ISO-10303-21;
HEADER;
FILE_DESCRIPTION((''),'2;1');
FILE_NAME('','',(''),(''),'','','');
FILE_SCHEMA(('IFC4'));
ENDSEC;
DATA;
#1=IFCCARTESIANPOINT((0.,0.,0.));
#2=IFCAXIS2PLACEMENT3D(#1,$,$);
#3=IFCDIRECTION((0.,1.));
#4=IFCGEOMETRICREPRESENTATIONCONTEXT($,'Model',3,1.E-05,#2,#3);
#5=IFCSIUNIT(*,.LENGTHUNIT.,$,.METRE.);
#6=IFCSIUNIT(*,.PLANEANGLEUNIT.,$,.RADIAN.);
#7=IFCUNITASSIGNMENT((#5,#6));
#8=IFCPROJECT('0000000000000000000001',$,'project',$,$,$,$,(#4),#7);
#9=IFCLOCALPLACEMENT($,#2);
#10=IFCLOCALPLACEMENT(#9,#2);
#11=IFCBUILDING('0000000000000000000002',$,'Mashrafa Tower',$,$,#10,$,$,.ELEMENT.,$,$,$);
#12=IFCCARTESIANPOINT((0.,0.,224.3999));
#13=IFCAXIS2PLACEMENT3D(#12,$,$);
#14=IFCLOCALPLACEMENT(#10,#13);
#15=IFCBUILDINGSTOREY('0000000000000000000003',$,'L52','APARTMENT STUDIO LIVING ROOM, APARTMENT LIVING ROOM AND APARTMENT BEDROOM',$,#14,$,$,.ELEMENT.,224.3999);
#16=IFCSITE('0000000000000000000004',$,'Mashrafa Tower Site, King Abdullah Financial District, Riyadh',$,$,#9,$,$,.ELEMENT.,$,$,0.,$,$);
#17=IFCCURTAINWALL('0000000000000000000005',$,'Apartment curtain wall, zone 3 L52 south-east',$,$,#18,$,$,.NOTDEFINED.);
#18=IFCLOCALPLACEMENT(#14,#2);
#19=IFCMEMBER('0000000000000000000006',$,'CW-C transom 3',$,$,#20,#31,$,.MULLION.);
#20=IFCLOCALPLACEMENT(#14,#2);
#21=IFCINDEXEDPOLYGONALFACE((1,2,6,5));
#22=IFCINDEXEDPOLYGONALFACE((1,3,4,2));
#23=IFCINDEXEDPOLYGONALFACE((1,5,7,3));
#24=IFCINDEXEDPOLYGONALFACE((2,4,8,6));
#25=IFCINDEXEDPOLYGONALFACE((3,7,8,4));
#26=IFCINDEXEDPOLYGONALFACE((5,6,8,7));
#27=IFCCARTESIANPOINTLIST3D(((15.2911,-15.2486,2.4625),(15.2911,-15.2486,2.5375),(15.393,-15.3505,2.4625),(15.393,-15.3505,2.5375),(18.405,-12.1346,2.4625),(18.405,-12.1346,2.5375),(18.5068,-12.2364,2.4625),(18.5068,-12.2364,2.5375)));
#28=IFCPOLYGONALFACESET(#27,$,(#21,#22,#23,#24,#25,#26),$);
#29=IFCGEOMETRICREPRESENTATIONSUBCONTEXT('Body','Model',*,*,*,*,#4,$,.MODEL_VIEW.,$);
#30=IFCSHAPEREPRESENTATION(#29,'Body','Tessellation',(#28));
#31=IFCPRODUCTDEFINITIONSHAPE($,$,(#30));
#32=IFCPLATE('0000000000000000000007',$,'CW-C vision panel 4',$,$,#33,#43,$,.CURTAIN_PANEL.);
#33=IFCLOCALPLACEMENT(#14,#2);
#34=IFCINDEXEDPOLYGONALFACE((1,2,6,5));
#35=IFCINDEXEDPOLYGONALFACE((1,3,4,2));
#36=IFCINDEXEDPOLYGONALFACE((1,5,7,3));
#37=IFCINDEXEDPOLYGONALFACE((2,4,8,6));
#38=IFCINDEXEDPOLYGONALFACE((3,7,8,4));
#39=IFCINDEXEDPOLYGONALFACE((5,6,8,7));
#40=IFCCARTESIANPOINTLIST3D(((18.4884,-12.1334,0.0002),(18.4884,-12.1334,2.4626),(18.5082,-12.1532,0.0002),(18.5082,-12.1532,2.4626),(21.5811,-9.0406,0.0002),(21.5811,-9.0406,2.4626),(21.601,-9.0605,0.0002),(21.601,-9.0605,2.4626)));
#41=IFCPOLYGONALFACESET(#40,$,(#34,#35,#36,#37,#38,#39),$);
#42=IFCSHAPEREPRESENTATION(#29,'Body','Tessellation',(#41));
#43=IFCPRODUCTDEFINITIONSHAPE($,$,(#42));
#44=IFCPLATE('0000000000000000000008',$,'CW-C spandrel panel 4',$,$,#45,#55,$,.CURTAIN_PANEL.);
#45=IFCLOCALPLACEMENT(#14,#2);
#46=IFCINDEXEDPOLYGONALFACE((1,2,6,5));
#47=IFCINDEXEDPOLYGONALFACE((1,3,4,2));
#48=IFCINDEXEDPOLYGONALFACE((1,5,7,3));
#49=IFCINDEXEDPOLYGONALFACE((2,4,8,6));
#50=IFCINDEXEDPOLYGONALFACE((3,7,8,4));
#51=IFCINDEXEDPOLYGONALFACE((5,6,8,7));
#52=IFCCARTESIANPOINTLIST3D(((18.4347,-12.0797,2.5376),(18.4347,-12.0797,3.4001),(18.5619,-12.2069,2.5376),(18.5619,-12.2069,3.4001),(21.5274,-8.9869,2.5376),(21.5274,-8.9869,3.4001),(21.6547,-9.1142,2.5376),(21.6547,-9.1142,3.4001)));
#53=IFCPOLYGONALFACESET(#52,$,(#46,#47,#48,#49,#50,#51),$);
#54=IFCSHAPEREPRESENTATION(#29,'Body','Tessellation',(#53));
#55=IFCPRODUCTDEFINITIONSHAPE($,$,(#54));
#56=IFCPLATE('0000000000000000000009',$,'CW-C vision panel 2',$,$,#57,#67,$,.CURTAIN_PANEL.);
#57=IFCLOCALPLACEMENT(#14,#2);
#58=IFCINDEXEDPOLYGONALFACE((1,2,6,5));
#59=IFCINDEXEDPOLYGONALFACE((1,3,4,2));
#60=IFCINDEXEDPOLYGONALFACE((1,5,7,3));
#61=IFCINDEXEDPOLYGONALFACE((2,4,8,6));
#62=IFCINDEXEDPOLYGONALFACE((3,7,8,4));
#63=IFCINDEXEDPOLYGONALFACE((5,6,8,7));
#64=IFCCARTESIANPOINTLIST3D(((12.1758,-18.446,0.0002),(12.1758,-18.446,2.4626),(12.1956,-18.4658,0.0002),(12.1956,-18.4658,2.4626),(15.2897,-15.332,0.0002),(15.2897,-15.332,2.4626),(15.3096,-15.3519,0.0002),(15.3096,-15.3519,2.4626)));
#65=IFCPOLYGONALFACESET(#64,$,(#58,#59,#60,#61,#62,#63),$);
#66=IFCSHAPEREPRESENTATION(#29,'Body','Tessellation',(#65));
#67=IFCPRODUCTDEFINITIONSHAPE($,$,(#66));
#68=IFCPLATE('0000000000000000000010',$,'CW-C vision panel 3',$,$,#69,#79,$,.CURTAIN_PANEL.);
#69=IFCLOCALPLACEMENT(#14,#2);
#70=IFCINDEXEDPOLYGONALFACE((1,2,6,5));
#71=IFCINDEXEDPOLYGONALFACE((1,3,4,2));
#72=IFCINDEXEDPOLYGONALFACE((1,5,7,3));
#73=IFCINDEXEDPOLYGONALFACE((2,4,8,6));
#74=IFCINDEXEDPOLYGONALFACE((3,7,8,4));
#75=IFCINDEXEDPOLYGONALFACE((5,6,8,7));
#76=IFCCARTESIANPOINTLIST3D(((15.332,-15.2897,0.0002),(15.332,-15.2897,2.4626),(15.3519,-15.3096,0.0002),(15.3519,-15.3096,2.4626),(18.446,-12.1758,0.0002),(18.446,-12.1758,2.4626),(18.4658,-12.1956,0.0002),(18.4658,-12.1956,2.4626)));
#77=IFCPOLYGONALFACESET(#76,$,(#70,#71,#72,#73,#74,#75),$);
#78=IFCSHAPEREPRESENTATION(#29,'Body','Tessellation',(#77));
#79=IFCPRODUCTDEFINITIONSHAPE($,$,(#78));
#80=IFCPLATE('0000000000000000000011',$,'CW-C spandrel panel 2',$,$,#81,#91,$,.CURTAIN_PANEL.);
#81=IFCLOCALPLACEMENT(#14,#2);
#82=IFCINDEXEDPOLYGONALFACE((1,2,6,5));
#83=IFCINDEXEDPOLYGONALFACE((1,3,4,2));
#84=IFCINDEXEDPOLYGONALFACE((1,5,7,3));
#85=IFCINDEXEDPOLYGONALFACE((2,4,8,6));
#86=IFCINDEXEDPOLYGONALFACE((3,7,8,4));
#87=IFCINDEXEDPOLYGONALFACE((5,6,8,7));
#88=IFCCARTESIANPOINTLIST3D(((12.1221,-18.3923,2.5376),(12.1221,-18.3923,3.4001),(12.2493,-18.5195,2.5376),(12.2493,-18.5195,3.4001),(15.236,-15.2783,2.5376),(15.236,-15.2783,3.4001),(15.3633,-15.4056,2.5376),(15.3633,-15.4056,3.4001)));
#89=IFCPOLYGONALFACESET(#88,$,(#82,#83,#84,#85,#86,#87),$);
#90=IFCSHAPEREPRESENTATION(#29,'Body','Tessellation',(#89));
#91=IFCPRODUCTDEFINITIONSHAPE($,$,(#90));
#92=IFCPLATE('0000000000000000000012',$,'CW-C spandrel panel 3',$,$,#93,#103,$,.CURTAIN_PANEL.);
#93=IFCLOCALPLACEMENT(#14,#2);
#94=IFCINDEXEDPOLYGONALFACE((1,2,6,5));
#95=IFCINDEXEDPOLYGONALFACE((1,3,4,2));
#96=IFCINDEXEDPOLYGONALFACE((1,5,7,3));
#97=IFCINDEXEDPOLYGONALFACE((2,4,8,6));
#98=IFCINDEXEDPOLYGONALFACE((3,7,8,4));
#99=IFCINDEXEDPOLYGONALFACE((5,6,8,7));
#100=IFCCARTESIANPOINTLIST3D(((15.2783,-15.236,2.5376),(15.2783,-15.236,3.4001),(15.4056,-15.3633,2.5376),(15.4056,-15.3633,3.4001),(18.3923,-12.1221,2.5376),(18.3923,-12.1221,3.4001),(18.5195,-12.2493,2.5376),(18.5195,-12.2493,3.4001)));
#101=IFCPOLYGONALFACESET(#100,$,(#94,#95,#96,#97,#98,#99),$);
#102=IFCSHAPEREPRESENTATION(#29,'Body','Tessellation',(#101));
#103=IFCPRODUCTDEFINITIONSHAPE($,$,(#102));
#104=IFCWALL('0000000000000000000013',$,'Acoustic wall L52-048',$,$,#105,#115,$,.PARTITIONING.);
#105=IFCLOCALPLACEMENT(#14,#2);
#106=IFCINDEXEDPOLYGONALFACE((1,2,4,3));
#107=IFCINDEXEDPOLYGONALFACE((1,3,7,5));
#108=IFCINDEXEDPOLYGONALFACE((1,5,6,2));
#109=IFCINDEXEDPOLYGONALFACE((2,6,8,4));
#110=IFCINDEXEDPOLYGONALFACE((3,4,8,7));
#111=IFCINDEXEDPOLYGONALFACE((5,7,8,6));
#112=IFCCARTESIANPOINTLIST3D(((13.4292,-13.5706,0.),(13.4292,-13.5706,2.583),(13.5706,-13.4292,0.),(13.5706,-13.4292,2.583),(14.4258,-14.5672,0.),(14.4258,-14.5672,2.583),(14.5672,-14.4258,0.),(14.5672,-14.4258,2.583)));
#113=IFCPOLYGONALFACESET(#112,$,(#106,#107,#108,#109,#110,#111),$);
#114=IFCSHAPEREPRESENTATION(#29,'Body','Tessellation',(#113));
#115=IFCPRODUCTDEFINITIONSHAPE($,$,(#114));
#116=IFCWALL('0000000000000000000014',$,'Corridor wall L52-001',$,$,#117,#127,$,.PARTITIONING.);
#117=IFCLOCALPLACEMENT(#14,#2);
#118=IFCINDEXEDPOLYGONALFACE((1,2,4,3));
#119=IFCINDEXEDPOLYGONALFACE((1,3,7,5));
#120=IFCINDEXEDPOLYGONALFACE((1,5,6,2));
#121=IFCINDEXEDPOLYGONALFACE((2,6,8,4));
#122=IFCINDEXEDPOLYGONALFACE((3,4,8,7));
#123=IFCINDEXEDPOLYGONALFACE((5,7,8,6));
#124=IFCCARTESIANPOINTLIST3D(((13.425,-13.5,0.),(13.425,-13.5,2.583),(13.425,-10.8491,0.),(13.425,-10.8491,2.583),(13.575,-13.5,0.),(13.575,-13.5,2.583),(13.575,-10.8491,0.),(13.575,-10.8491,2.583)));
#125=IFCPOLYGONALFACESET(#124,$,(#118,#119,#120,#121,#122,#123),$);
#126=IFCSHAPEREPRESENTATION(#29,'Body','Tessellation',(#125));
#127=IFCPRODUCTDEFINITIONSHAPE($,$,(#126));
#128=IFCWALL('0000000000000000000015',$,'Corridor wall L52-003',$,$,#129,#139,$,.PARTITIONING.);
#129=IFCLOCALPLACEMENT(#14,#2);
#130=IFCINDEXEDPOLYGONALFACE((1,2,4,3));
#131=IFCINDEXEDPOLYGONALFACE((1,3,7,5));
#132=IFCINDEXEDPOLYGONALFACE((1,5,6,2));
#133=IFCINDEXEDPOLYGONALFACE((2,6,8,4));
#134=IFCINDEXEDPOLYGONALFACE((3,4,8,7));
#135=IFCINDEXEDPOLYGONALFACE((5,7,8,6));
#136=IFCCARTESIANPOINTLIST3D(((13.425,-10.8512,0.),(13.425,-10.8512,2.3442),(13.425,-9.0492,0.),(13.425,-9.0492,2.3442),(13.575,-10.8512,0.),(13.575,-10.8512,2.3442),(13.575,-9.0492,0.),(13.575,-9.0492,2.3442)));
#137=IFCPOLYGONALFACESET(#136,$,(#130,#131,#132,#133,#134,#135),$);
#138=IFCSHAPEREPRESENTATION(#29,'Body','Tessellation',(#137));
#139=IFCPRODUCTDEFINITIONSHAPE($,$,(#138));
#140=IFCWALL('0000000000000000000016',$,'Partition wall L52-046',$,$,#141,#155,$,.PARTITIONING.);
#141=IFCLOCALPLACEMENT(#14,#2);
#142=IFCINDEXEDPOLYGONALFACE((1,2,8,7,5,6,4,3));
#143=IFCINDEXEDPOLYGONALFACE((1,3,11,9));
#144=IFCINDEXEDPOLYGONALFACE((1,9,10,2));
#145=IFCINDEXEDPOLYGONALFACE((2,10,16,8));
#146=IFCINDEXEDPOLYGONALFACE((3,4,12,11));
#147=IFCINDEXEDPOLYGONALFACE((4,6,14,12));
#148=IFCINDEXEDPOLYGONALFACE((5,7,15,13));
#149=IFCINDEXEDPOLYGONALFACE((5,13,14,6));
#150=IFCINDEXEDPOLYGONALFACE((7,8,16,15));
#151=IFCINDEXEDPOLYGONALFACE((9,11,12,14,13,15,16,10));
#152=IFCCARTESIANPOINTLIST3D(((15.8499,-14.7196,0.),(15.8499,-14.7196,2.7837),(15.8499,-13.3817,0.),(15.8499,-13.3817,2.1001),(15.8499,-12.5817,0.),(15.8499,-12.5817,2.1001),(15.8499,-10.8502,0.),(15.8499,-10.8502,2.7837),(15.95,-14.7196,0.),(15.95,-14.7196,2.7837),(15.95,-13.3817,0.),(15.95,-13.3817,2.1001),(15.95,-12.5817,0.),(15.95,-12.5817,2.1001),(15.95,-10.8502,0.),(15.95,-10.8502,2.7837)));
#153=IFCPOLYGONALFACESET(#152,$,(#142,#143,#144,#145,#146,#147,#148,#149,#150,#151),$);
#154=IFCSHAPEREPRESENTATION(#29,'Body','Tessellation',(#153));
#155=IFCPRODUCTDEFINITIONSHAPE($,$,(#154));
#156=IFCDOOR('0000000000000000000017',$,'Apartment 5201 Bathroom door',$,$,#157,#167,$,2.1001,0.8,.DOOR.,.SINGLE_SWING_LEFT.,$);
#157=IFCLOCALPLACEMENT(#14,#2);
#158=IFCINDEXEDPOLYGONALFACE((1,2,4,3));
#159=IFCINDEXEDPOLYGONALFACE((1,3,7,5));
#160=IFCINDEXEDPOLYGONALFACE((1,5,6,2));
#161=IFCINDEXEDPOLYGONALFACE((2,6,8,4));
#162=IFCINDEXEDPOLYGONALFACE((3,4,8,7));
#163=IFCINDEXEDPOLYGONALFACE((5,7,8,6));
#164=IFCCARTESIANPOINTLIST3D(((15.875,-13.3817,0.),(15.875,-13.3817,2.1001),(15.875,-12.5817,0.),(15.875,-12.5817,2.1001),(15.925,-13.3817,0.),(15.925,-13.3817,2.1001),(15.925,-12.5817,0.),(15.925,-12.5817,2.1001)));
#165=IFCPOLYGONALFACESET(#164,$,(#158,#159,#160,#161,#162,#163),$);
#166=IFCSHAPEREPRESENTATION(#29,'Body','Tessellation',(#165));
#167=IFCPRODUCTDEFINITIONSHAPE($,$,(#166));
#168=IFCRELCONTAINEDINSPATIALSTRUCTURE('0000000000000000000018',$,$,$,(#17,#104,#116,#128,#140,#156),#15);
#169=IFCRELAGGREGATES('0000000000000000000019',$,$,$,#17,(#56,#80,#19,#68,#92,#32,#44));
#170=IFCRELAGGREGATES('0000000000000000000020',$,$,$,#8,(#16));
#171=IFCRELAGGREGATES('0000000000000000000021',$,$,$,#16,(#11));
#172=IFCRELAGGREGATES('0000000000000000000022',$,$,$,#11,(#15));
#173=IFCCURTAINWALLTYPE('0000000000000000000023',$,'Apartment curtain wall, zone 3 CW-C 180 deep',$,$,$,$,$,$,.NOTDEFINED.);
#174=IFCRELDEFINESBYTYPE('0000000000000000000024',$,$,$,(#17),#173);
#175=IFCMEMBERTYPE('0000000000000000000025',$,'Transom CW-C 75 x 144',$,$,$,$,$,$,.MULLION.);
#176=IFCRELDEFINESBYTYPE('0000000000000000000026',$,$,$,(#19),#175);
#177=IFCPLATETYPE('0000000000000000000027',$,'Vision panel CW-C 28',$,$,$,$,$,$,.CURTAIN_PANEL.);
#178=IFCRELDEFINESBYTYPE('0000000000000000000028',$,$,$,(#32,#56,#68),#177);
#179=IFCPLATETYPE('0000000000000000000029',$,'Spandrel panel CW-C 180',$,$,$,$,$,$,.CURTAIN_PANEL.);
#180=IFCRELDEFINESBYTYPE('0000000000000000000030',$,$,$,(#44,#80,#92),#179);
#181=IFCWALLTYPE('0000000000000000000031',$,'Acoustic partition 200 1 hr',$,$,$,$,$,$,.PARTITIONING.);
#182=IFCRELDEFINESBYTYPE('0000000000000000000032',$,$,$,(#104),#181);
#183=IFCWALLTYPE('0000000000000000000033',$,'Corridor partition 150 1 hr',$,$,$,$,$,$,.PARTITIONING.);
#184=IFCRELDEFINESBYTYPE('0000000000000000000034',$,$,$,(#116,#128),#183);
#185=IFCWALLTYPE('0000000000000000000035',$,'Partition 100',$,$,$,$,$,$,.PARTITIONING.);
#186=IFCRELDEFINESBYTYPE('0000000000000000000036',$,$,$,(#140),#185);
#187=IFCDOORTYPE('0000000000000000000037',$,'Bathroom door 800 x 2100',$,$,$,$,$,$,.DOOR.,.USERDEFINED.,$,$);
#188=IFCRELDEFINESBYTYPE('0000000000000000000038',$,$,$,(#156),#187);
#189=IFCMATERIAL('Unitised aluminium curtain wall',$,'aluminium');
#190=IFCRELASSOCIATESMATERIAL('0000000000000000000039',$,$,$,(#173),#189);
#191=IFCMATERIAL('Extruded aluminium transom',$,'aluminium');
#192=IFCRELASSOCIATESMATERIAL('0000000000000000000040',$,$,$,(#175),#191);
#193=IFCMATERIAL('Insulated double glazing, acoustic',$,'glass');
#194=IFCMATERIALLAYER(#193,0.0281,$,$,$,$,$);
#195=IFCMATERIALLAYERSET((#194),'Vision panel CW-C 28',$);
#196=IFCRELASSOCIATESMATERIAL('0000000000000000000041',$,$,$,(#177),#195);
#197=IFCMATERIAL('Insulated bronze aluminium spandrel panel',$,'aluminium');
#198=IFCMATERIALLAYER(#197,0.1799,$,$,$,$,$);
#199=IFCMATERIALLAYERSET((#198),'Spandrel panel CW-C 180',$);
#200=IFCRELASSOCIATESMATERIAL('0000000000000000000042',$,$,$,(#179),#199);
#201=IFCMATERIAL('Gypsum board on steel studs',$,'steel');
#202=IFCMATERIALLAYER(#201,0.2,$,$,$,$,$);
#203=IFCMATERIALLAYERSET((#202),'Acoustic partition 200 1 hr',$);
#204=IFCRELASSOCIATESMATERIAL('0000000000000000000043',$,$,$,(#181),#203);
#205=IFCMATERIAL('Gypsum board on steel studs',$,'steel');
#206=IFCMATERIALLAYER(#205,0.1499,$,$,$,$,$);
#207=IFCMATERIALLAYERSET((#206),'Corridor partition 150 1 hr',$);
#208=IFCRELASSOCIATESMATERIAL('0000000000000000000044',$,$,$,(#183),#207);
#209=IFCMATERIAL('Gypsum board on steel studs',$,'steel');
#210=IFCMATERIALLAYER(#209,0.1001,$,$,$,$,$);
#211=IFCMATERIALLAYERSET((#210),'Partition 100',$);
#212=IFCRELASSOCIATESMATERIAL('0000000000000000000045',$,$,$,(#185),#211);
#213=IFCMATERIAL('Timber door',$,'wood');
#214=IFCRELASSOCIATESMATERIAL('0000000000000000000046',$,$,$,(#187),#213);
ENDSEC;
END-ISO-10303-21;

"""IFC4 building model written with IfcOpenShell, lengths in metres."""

from ifc_helpers import new_model, si_unit, direction, frame, frame_2d, origin, origin_2d, place, context, subcontext, project, spatial, rectangle, extrude, source, transform, mapped, material, layer, layer_set, material_profile, profile_set, type_object, type_shapes, element, fill, aggregate, save


model = new_model("IFC4")

# Units and contexts
model_context = context("Model", 3, precision=1e-05, world=origin(), true_north=direction((0.0, 1.0)))
body_context = subcontext(model_context, "Body", "Model", "MODEL_VIEW")
ifc_project = project(units=[si_unit("LENGTHUNIT", "METRE"), si_unit("PLANEANGLEUNIT", "RADIAN")], contexts=[model_context])

# Site, building, storey
site_placement = place(None, origin())
site = spatial("IfcSite", under=ifc_project, at=site_placement, Name="Mashrafa Tower Site, King Abdullah Financial District, Riyadh", CompositionType="ELEMENT", RefElevation=0.0)
building_placement = place(site_placement, origin())
building = spatial("IfcBuilding", under=site, at=building_placement, Name="Mashrafa Tower", CompositionType="ELEMENT")
storey_placement = place(building_placement, frame((0.0, 0.0, 224.3999)))
storey = spatial("IfcBuildingStorey", under=building, at=storey_placement, Name="L52", Description="APARTMENT STUDIO LIVING ROOM, APARTMENT LIVING ROOM AND APARTMENT BEDROOM", CompositionType="ELEMENT", Elevation=224.3999)

# Curtain wall, member, plates
ifc_material_1 = material(Name="Unitised aluminium curtain wall", Category="aluminium")
curtain_wall_type = type_object("IfcCurtainWallType", Name="Apartment curtain wall, zone 3 CW-C 180 deep", PredefinedType="NOTDEFINED", material=ifc_material_1)
curtain_wall_placement = place(storey_placement, origin())
curtain_wall = element("IfcCurtainWall", 1, at=curtain_wall_placement, inside=storey, type_object=curtain_wall_type, Name="Apartment curtain wall, zone 3 L52 south-east", PredefinedType="NOTDEFINED")
ifc_material_2 = material(Name="Extruded aluminium transom", Category="aluminium")
ifc_material_profile_1 = material_profile(ifc_material_2, rectangle(XDim=0.144, YDim=0.075, at=origin_2d()), Name="Transom 75x144")
ifc_profile_set_1 = profile_set([ifc_material_profile_1], Name="Extruded aluminium transom")
member_type_1 = type_object("IfcMemberType", Name="Transom CW-C 75 x 144", PredefinedType="MULLION", material=ifc_profile_set_1)
shared_shape_1 = source(origin(), body_context, "Body", "SweptSolid", [
    extrude(rectangle(XDim=0.144, YDim=0.075, at=origin_2d()), origin(), (0.0, 0.0, 1.0), 4.4038),
])
member_1_placement = place(storey_placement, frame((15.342, -15.2996, 2.5), z_axis=(0.707079, 0.707135, 0.0), x_axis=(-0.707135, 0.707079, 0.0)))
member_1 = element("IfcMember", 2, at=member_1_placement, type_object=member_type_1, Name="CW-C transom 3", PredefinedType="MULLION", context=body_context, shape_type="MappedRepresentation", body=[
    mapped(shared_shape_1, transform((0.0, 0.0, 0.0))),
])
ifc_material_3 = material(Name="Insulated double glazing, acoustic", Category="glass")
ifc_layer_1 = layer(ifc_material_3, 0.0281)
ifc_layer_set_1 = layer_set([ifc_layer_1], Name="Vision panel CW-C 28")
plate_type_1 = type_object("IfcPlateType", Name="Vision panel CW-C 28", PredefinedType="CURTAIN_PANEL", material=ifc_layer_set_1)
shared_shape_2 = source(origin(), body_context, "Body", "SweptSolid", [
    extrude(rectangle(XDim=4.3738, YDim=0.0281, at=origin_2d()), origin(), (0.0, 0.0, 1.0), 2.4624),
])
plate_1_placement = place(storey_placement, frame((20.0447, -10.5969, 0.0002), z_axis=(0.0, 0.0, 1.0), x_axis=(0.707107, 0.707107, 0.0)))
plate_1 = element("IfcPlate", 3, at=plate_1_placement, type_object=plate_type_1, Name="CW-C vision panel 4", PredefinedType="CURTAIN_PANEL", context=body_context, shape_type="MappedRepresentation", body=[
    mapped(shared_shape_2, transform((0.0, 0.0, 0.0))),
])
ifc_material_4 = material(Name="Insulated bronze aluminium spandrel panel", Category="aluminium")
ifc_layer_2 = layer(ifc_material_4, 0.1799)
ifc_layer_set_2 = layer_set([ifc_layer_2], Name="Spandrel panel CW-C 180")
plate_type_2 = type_object("IfcPlateType", Name="Spandrel panel CW-C 180", PredefinedType="CURTAIN_PANEL", material=ifc_layer_set_2)
shared_shape_3 = source(origin(), body_context, "Body", "SweptSolid", [
    extrude(rectangle(XDim=4.3738, YDim=0.1799, at=origin_2d()), origin(), (0.0, 0.0, 1.0), 0.8625),
])
plate_2_placement = place(storey_placement, frame((20.0447, -10.5969, 2.5376), z_axis=(0.0, 0.0, 1.0), x_axis=(0.707107, 0.707107, 0.0)))
plate_2 = element("IfcPlate", 4, at=plate_2_placement, type_object=plate_type_2, Name="CW-C spandrel panel 4", PredefinedType="CURTAIN_PANEL", context=body_context, shape_type="MappedRepresentation", body=[
    mapped(shared_shape_3, transform((0.0, 0.0, 0.0))),
])
shared_shape_4 = source(origin(), body_context, "Body", "SweptSolid", [
    extrude(rectangle(XDim=4.4038, YDim=0.0281, at=origin_2d()), origin(), (0.0, 0.0, 1.0), 2.4624),
])
type_shapes(plate_type_1, [shared_shape_2, shared_shape_4])
plate_3_placement = place(storey_placement, frame((13.7427, -16.8989, 0.0002), z_axis=(0.0, 0.0, 1.0), x_axis=(0.707107, 0.707107, 0.0)))
plate_3 = element("IfcPlate", 5, at=plate_3_placement, type_object=plate_type_1, Name="CW-C vision panel 2", PredefinedType="CURTAIN_PANEL", context=body_context, shape_type="MappedRepresentation", body=[
    mapped(shared_shape_4, transform((0.0, 0.0, 0.0))),
])
plate_4_placement = place(storey_placement, frame((16.8989, -13.7427, 0.0002), z_axis=(0.0, 0.0, 1.0), x_axis=(0.707107, 0.707107, 0.0)))
plate_4 = element("IfcPlate", 6, at=plate_4_placement, type_object=plate_type_1, Name="CW-C vision panel 3", PredefinedType="CURTAIN_PANEL", context=body_context, shape_type="MappedRepresentation", body=[
    mapped(shared_shape_4, transform((0.0, 0.0, 0.0))),
])
shared_shape_5 = source(origin(), body_context, "Body", "SweptSolid", [
    extrude(rectangle(XDim=4.4038, YDim=0.1799, at=origin_2d()), origin(), (0.0, 0.0, 1.0), 0.8625),
])
type_shapes(plate_type_2, [shared_shape_3, shared_shape_5])
plate_5_placement = place(storey_placement, frame((13.7427, -16.8989, 2.5376), z_axis=(0.0, 0.0, 1.0), x_axis=(0.707107, 0.707107, 0.0)))
plate_5 = element("IfcPlate", 7, at=plate_5_placement, type_object=plate_type_2, Name="CW-C spandrel panel 2", PredefinedType="CURTAIN_PANEL", context=body_context, shape_type="MappedRepresentation", body=[
    mapped(shared_shape_5, transform((0.0, 0.0, 0.0))),
])
plate_6_placement = place(storey_placement, frame((16.8989, -13.7427, 2.5376), z_axis=(0.0, 0.0, 1.0), x_axis=(0.707107, 0.707107, 0.0)))
plate_6 = element("IfcPlate", 8, at=plate_6_placement, type_object=plate_type_2, Name="CW-C spandrel panel 3", PredefinedType="CURTAIN_PANEL", context=body_context, shape_type="MappedRepresentation", body=[
    mapped(shared_shape_5, transform((0.0, 0.0, 0.0))),
])
aggregate(curtain_wall, [plate_3, plate_5, member_1, plate_4, plate_6, plate_1, plate_2])

# Walls
ifc_material_5 = material(Name="Gypsum board on steel studs", Category="steel")
ifc_layer_3 = layer(ifc_material_5, 0.2)
ifc_layer_set_3 = layer_set([ifc_layer_3], Name="Acoustic partition 200 1 hr")
wall_type_1 = type_object("IfcWallType", Name="Acoustic partition 200 1 hr", PredefinedType="PARTITIONING", material=ifc_layer_set_3)
wall_1_placement = place(storey_placement, frame((13.5, -13.5, 0.0), z_axis=(0.0, 0.0, 1.0), x_axis=(0.707107, -0.707107, 0.0)))
element("IfcWall", 9, at=wall_1_placement, inside=storey, type_object=wall_type_1, Name="Acoustic wall L52-048", PredefinedType="PARTITIONING", context=body_context, shape_type="SweptSolid", body=[
    extrude(rectangle(XDim=1.4094, YDim=0.2, at=frame_2d((0.7046, 0.0))), origin(), (0.0, 0.0, 1.0), 2.583),
])
ifc_material_6 = material(Name="Gypsum board on steel studs", Category="steel")
ifc_layer_4 = layer(ifc_material_6, 0.1499)
ifc_layer_set_4 = layer_set([ifc_layer_4], Name="Corridor partition 150 1 hr")
wall_type_2 = type_object("IfcWallType", Name="Corridor partition 150 1 hr", PredefinedType="PARTITIONING", material=ifc_layer_set_4)
wall_2_placement = place(storey_placement, frame((13.5, -13.5, 0.0), z_axis=(0.0, 0.0, 1.0), x_axis=(0.0, 1.0, 0.0)))
element("IfcWall", 10, at=wall_2_placement, inside=storey, type_object=wall_type_2, Name="Corridor wall L52-001", PredefinedType="PARTITIONING", context=body_context, shape_type="SweptSolid", body=[
    extrude(rectangle(XDim=2.6509, YDim=0.1499, at=frame_2d((1.3254, 0.0))), origin(), (0.0, 0.0, 1.0), 2.583),
])
wall_3_placement = place(storey_placement, frame((13.5, -10.8511, 0.0), z_axis=(0.0, 0.0, 1.0), x_axis=(0.0, 1.0, 0.0)))
element("IfcWall", 11, at=wall_3_placement, inside=storey, type_object=wall_type_2, Name="Corridor wall L52-003", PredefinedType="PARTITIONING", context=body_context, shape_type="SweptSolid", body=[
    extrude(rectangle(XDim=1.802, YDim=0.1499, at=frame_2d((0.9009, 0.0))), origin(), (0.0, 0.0, 1.0), 2.3442),
])

# Wall, opening, door
ifc_material_7 = material(Name="Gypsum board on steel studs", Category="steel")
ifc_layer_5 = layer(ifc_material_7, 0.1001)
ifc_layer_set_5 = layer_set([ifc_layer_5], Name="Partition 100")
wall_type_3 = type_object("IfcWallType", Name="Partition 100", PredefinedType="PARTITIONING", material=ifc_layer_set_5)
wall_4_placement = place(storey_placement, frame((15.8999, -14.7195, 0.0), z_axis=(0.0, 0.0, 1.0), x_axis=(0.0, 1.0, 0.0)))
wall_4 = element("IfcWall", 12, at=wall_4_placement, inside=storey, type_object=wall_type_3, Name="Partition wall L52-046", PredefinedType="PARTITIONING", context=body_context, shape_type="SweptSolid", body=[
    extrude(rectangle(XDim=3.8694, YDim=0.1001, at=frame_2d((1.9346, 0.0))), origin(), (0.0, 0.0, 1.0), 2.7837),
])
opening_placement = place(wall_4_placement, frame((1.3379, 0.0, 0.0)))
opening = element("IfcOpeningElement", 13, at=opening_placement, cuts=wall_4, PredefinedType="OPENING", context=body_context, shape_type="SweptSolid", body=[
    extrude(rectangle(XDim=0.8, YDim=2.1001, at=frame_2d((0.3999, 1.05))), frame((0.0, 0.0601, 0.0), z_axis=(0.0, -1.0, 0.0), x_axis=(1.0, 0.0, 0.0)), (0.0, 0.0, 1.0), 0.1201),
])
ifc_material_8 = material(Name="Timber door", Category="wood")
door_type = type_object("IfcDoorType", Name="Bathroom door 800 x 2100", OperationType="USERDEFINED", PredefinedType="DOOR", material=ifc_material_8)
door_placement = place(opening_placement, origin())
door = element("IfcDoor", 14, at=door_placement, inside=storey, type_object=door_type, Name="Apartment 5201 Bathroom door", OperationType="SINGLE_SWING_LEFT", OverallHeight=2.1001, OverallWidth=0.8, PredefinedType="DOOR", context=body_context, shape_type="SweptSolid", body=[
    extrude(rectangle(XDim=0.8, YDim=2.1001, at=frame_2d((0.3999, 1.05))), frame((0.0, 0.0249, 0.0), z_axis=(0.0, -1.0, 0.0), x_axis=(1.0, 0.0, 0.0)), (0.0, 0.0, 1.0), 0.05),
])
fill(opening, door)

save(model, "model.ifc")
